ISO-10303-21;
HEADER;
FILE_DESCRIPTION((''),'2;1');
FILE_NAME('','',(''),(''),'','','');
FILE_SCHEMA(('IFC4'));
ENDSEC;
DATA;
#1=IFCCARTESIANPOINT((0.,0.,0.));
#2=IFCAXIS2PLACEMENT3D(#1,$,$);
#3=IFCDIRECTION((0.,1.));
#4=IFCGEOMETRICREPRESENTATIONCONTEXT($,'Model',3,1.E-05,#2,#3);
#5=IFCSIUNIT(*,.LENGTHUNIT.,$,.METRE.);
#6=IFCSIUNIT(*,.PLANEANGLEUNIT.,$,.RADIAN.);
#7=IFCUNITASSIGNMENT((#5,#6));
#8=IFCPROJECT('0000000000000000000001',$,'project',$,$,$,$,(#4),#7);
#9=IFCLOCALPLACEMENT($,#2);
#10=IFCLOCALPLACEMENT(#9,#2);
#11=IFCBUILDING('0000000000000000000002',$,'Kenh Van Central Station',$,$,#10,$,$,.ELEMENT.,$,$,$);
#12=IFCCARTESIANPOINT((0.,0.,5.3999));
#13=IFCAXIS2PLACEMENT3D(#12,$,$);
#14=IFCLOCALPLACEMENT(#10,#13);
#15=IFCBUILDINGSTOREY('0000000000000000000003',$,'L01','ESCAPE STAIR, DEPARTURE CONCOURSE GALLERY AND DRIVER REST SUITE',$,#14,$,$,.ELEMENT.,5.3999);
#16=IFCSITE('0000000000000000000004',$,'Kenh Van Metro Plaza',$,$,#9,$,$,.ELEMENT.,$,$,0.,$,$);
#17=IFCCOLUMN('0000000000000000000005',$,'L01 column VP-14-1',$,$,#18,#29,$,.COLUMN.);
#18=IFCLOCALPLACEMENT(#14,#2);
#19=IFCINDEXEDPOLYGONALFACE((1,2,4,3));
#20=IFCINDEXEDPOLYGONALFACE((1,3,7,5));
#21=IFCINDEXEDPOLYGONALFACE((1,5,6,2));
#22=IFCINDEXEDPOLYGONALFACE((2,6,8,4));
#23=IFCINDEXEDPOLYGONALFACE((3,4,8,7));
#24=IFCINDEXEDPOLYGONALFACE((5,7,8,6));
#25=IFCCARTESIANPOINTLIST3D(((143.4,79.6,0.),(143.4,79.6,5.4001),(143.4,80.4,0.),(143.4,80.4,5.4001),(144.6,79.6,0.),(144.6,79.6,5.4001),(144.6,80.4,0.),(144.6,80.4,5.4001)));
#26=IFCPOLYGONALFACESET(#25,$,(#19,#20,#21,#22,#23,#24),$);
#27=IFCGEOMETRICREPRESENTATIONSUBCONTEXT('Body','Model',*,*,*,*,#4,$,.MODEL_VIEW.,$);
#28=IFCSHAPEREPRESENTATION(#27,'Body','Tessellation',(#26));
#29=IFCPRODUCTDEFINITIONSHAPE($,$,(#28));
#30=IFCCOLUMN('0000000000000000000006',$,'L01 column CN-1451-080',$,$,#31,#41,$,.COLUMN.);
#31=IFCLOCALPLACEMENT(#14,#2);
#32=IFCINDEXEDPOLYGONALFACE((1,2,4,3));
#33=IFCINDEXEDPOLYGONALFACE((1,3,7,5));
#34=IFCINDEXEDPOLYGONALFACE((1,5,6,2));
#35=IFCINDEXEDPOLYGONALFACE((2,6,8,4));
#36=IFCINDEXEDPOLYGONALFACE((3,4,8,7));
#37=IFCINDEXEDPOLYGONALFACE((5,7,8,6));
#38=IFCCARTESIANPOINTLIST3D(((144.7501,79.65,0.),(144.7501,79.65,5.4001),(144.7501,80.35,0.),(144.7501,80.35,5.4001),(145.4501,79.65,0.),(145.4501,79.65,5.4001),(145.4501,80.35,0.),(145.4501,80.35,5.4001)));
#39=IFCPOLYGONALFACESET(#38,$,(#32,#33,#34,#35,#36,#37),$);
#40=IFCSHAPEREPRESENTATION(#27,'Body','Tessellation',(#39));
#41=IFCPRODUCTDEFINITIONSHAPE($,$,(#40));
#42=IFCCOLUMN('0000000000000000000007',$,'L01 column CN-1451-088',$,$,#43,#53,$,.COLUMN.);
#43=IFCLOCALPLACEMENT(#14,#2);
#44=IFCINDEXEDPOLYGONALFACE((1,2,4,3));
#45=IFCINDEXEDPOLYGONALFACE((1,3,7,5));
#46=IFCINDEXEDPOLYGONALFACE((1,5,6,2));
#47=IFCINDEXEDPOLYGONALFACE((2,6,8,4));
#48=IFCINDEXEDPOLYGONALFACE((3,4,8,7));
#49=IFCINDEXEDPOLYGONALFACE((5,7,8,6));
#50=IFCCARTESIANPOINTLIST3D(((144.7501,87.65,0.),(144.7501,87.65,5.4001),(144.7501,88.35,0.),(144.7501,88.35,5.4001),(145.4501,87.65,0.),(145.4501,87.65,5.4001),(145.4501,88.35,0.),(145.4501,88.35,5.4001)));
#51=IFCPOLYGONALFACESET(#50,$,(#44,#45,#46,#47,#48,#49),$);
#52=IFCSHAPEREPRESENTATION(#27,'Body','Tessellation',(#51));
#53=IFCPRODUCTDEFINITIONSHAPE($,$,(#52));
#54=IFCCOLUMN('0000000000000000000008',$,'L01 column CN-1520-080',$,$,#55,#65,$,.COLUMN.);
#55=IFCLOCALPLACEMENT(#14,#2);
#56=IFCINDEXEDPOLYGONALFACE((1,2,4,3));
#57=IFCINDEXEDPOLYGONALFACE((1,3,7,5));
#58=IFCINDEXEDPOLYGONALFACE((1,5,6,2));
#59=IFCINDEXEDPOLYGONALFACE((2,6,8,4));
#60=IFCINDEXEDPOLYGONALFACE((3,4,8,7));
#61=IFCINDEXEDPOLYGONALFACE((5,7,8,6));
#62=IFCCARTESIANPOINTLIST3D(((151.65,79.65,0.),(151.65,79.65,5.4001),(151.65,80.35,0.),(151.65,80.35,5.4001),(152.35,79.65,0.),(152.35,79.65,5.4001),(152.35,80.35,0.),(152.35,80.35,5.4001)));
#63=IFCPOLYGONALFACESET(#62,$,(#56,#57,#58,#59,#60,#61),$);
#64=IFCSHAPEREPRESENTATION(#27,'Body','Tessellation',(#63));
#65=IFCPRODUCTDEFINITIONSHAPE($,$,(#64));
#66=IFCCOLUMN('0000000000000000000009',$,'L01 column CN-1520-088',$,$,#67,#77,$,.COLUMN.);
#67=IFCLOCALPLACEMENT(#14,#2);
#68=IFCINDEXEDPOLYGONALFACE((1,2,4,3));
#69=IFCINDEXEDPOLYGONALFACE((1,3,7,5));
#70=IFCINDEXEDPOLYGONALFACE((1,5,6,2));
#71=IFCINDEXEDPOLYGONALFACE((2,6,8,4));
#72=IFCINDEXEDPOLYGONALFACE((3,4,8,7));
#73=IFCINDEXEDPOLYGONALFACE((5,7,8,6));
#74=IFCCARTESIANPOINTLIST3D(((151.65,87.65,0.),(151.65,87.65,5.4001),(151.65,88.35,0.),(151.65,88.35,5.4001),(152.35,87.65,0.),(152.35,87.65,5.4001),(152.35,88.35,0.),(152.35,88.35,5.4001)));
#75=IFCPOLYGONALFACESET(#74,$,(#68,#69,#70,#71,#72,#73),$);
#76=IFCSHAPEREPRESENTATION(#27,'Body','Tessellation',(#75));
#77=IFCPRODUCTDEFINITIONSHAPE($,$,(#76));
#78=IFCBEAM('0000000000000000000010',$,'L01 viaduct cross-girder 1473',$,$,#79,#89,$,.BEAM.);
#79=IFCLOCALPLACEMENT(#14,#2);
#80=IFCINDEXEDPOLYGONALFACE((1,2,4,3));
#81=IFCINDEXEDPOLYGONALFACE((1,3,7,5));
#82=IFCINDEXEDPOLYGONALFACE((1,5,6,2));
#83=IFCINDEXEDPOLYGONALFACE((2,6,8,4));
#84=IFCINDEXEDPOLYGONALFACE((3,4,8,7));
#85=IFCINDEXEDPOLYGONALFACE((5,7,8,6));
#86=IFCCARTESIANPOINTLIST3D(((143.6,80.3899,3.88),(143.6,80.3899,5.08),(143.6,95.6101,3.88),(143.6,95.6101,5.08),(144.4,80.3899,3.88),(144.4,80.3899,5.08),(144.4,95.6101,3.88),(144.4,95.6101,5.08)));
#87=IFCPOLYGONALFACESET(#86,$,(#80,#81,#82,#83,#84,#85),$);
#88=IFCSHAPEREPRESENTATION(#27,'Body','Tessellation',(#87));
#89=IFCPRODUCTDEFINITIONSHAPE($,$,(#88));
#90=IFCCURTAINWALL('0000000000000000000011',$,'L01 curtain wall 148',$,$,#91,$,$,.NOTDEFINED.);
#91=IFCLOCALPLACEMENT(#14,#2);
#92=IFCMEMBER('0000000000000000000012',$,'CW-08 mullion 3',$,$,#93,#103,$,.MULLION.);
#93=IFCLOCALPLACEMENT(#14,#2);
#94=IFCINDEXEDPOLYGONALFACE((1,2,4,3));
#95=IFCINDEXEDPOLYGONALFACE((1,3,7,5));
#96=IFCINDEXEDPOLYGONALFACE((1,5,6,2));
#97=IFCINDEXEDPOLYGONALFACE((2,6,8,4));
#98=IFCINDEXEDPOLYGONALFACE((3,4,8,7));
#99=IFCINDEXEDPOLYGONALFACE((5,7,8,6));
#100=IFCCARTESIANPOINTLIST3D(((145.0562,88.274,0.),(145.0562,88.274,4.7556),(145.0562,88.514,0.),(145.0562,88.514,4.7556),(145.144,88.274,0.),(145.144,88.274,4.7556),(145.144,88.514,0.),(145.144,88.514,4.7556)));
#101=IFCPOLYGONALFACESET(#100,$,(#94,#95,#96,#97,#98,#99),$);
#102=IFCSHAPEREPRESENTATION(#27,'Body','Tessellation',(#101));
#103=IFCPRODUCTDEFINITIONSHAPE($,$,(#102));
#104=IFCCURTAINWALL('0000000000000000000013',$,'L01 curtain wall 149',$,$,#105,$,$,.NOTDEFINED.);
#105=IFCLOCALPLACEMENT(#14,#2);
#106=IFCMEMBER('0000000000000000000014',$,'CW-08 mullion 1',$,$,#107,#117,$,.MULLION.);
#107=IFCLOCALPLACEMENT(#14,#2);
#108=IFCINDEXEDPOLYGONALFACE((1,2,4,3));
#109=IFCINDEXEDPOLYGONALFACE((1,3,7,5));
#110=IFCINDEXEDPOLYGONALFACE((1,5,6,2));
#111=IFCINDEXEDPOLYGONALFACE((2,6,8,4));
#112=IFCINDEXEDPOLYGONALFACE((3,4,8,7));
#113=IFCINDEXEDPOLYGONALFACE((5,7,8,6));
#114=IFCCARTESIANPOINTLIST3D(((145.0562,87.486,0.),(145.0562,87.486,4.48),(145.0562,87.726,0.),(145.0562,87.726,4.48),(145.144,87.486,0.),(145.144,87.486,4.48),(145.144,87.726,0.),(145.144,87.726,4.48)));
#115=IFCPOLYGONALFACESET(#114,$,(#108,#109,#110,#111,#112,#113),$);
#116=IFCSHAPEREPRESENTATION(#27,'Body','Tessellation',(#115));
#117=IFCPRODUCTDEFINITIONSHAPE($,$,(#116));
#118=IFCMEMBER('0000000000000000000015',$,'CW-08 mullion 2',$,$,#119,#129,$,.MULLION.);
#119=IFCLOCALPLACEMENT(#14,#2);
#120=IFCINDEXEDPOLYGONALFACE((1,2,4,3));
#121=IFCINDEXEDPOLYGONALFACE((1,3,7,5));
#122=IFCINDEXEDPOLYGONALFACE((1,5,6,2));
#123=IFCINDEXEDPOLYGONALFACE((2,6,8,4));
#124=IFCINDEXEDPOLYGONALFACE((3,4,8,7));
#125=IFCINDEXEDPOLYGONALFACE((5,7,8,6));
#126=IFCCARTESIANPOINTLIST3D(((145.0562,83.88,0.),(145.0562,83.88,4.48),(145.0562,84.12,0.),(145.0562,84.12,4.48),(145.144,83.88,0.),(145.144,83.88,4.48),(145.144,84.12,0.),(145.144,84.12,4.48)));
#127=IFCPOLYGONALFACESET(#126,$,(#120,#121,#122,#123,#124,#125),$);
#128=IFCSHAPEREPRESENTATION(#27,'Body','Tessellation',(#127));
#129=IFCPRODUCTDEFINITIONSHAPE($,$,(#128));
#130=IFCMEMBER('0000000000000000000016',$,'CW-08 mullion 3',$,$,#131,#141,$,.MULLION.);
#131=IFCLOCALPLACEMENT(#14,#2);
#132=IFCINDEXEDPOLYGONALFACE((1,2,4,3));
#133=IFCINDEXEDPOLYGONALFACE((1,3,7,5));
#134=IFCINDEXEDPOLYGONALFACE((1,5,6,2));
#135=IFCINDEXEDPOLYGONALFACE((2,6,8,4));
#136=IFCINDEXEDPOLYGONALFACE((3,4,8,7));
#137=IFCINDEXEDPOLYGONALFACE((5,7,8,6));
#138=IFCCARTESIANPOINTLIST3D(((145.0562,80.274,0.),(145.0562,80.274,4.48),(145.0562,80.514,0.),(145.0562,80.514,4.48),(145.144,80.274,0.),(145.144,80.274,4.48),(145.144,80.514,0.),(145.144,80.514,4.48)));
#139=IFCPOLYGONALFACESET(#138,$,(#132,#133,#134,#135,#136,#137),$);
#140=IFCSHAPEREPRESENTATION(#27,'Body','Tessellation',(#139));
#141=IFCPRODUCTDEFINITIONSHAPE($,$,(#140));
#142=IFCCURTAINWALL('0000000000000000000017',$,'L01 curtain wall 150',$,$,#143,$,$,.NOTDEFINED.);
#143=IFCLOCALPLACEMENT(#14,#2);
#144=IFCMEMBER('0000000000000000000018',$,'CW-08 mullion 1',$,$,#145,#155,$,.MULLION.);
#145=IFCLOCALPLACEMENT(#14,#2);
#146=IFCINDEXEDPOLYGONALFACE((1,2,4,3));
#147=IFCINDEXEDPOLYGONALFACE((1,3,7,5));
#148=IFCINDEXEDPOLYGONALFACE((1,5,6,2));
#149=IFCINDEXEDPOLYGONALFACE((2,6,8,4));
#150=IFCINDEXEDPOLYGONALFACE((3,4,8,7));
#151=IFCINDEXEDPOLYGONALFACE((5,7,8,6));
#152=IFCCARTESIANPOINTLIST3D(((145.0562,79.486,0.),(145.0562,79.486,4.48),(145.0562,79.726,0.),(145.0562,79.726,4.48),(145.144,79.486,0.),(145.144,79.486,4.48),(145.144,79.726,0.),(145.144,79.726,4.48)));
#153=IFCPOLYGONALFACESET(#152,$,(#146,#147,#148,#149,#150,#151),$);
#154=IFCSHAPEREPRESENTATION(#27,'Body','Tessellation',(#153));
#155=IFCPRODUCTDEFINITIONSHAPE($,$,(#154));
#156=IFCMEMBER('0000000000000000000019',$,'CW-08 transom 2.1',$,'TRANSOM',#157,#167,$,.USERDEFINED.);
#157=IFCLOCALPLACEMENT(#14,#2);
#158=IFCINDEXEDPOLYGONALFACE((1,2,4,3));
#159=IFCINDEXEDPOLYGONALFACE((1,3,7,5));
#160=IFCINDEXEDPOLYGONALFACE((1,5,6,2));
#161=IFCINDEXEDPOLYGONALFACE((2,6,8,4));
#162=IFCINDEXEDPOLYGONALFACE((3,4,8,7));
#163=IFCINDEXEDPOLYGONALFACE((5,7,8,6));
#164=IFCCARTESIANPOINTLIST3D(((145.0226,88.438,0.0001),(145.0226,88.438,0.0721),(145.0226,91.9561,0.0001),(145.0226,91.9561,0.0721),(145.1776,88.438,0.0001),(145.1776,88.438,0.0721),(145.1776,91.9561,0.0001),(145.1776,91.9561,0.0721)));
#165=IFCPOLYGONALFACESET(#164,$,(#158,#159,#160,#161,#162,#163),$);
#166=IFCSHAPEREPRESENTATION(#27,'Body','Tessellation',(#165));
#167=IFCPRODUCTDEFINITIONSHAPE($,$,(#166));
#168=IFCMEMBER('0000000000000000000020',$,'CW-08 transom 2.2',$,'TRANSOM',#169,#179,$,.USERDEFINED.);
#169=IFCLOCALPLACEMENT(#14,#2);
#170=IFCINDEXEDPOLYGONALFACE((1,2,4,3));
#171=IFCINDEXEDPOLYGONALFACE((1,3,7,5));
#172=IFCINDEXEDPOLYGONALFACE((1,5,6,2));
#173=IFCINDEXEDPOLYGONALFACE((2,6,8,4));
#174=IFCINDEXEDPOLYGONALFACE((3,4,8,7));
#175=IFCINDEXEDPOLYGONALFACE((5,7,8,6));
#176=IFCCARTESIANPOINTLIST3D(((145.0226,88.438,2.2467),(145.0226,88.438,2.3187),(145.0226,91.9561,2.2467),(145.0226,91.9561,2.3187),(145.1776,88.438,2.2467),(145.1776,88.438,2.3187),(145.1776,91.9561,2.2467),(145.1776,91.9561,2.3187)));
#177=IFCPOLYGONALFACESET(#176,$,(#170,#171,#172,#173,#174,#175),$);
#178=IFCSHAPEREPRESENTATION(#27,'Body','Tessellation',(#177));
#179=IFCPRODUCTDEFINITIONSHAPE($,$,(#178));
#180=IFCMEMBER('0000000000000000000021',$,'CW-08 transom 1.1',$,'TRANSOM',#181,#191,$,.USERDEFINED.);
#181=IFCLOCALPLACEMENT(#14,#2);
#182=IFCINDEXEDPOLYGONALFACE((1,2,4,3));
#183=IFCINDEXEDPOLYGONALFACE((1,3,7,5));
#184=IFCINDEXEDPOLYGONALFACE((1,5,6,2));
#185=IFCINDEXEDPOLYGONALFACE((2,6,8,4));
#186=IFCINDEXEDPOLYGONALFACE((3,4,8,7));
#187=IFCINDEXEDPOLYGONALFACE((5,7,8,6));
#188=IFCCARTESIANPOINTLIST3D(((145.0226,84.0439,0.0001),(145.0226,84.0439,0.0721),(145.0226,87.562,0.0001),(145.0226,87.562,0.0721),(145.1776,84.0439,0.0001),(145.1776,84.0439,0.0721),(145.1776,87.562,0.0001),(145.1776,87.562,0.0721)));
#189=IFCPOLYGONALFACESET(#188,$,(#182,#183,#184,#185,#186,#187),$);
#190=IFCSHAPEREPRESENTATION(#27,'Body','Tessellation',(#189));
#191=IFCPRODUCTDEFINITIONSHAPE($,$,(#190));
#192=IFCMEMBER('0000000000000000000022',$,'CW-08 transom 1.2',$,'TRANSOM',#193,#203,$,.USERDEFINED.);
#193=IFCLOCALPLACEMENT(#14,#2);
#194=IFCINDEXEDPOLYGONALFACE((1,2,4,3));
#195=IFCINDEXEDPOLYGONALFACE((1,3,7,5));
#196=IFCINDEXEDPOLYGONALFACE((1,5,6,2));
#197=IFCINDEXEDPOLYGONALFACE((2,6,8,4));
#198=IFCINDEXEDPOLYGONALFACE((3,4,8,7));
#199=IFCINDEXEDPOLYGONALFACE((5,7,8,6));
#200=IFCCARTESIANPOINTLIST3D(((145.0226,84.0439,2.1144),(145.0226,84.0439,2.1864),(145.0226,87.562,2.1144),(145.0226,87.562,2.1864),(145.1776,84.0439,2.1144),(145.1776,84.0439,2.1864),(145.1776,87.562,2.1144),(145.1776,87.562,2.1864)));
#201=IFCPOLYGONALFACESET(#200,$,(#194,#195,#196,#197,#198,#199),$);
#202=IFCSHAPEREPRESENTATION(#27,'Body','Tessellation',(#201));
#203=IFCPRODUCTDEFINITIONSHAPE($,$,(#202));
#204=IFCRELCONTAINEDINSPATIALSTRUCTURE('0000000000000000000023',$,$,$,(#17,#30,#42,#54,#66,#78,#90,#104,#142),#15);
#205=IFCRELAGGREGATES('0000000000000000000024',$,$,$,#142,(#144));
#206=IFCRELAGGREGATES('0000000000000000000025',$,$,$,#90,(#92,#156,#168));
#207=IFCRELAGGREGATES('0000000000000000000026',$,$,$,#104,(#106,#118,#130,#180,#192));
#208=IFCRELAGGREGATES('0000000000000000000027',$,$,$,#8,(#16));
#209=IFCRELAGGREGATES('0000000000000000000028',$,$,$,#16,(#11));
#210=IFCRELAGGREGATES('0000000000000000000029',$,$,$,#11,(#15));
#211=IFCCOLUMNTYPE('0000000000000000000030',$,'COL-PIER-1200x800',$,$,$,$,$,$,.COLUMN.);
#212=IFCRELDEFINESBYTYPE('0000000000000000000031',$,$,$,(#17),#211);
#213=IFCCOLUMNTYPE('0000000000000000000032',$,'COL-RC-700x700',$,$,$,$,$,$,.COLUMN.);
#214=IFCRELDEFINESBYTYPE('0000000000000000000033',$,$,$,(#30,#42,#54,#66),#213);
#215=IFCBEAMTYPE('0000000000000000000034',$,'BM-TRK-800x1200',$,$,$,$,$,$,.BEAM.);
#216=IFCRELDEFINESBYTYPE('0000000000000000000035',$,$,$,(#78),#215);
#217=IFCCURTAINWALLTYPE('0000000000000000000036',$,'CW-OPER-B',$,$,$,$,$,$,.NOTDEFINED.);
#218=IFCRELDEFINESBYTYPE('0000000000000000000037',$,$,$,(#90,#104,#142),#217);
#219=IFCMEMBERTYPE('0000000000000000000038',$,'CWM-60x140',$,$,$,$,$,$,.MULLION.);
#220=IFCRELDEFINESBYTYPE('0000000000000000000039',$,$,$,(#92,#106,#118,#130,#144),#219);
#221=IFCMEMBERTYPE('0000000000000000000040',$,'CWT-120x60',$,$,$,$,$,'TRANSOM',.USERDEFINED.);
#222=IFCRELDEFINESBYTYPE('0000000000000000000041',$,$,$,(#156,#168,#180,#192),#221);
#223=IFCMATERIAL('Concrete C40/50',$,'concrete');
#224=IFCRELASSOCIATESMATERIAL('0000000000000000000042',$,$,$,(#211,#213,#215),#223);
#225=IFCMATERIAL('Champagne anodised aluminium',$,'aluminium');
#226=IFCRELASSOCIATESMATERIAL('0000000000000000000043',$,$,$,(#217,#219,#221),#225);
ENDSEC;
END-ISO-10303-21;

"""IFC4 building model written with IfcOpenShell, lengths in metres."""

from ifc_helpers import new_model, si_unit, direction, frame, origin, origin_2d, place, context, subcontext, project, spatial, rectangle, extrude, material, material_profile, profile_set, type_object, element, aggregate, save


model = new_model("IFC4")

# Units and contexts
model_context = context("Model", 3, precision=1e-05, world=origin(), true_north=direction((0.0, 1.0)))
body_context = subcontext(model_context, "Body", "Model", "MODEL_VIEW")
ifc_project = project(units=[si_unit("LENGTHUNIT", "METRE"), si_unit("PLANEANGLEUNIT", "RADIAN")], contexts=[model_context])

# Site, building, storey
site_placement = place(None, origin())
site = spatial("IfcSite", under=ifc_project, at=site_placement, Name="Kenh Van Metro Plaza", CompositionType="ELEMENT", RefElevation=0.0)
building_placement = place(site_placement, origin())
building = spatial("IfcBuilding", under=site, at=building_placement, Name="Kenh Van Central Station", CompositionType="ELEMENT")
storey_placement = place(building_placement, frame((0.0, 0.0, 5.3999)))
storey = spatial("IfcBuildingStorey", under=building, at=storey_placement, Name="L01", Description="ESCAPE STAIR, DEPARTURE CONCOURSE GALLERY AND DRIVER REST SUITE", CompositionType="ELEMENT", Elevation=5.3999)

# Columns
ifc_material_1 = material(Name="Concrete C40/50", Category="concrete")
ifc_material_profile_1 = material_profile(ifc_material_1, rectangle(XDim=1.2, YDim=0.8, at=origin_2d()), Name="RC 1200x800")
ifc_profile_set_1 = profile_set([ifc_material_profile_1], Name="Concrete C40/50")
column_type_1 = type_object("IfcColumnType", Name="COL-PIER-1200x800", PredefinedType="COLUMN", material=ifc_profile_set_1)
column_placement = place(storey_placement, frame((144.0, 80.0, 0.0), z_axis=(0.0, 0.0, 1.0), x_axis=(1.0, 0.0, 0.0)))
element("IfcColumn", 1, at=column_placement, inside=storey, type_object=column_type_1, Name="L01 column VP-14-1", PredefinedType="COLUMN", context=body_context, shape_type="SweptSolid", body=[
    extrude(rectangle(XDim=1.2, YDim=0.8, at=origin_2d()), origin(), (0.0, 0.0, 1.0), 5.4001),
])
ifc_material_profile_2 = material_profile(ifc_material_1, rectangle(XDim=0.7, YDim=0.7, at=origin_2d()), Name="RC 700x700")
ifc_profile_set_2 = profile_set([ifc_material_profile_2], Name="Concrete C40/50")
column_type_2 = type_object("IfcColumnType", Name="COL-RC-700x700", PredefinedType="COLUMN", material=ifc_profile_set_2)
for number, where, z_axis, x_axis, name in (
    (2, (145.1001, 80.0, 0.0), (0.0, 0.0, 1.0), (1.0, 0.0, 0.0), "L01 column CN-1451-080"),
    (3, (145.1001, 88.0, 0.0), (0.0, 0.0, 1.0), (1.0, 0.0, 0.0), "L01 column CN-1451-088"),
    (4, (152.0, 80.0, 0.0), (0.0, 0.0, 1.0), (1.0, 0.0, 0.0), "L01 column CN-1520-080"),
    (5, (152.0, 88.0, 0.0), (0.0, 0.0, 1.0), (1.0, 0.0, 0.0), "L01 column CN-1520-088"),
):
    element("IfcColumn", number, at=place(storey_placement, frame(where, z_axis=z_axis, x_axis=x_axis)), inside=storey, type_object=column_type_2, Name=name, PredefinedType="COLUMN", context=body_context, shape_type="SweptSolid", body=[
        extrude(rectangle(XDim=0.7, YDim=0.7, at=origin_2d()), origin(), (0.0, 0.0, 1.0), 5.4001),
    ])

# Beam
ifc_material_profile_3 = material_profile(ifc_material_1, rectangle(XDim=0.8, YDim=1.2, at=origin_2d()), Name="RC 800x1200")
ifc_profile_set_3 = profile_set([ifc_material_profile_3], Name="Concrete C40/50")
beam_type_1 = type_object("IfcBeamType", Name="BM-TRK-800x1200", PredefinedType="BEAM", material=ifc_profile_set_3)
beam_placement = place(storey_placement, frame((144.0, 80.3899, 4.48), z_axis=(0.0, 1.0, 0.0), x_axis=(-1.0, 0.0, 0.0)))
element("IfcBeam", 6, at=beam_placement, inside=storey, type_object=beam_type_1, Name="L01 viaduct cross-girder 1473", PredefinedType="BEAM", context=body_context, shape_type="SweptSolid", body=[
    extrude(rectangle(XDim=0.8, YDim=1.2, at=origin_2d()), origin(), (0.0, 0.0, 1.0), 15.2202),
])

# Curtain wall, member
ifc_material_2 = material(Name="Champagne anodised aluminium", Category="aluminium")
curtain_wall_type = type_object("IfcCurtainWallType", Name="CW-OPER-B", PredefinedType="NOTDEFINED", material=ifc_material_2)
curtain_wall_1_placement = place(storey_placement, origin())
curtain_wall_1 = element("IfcCurtainWall", 7, at=curtain_wall_1_placement, inside=storey, type_object=curtain_wall_type, Name="L01 curtain wall 148", PredefinedType="NOTDEFINED")
ifc_material_profile_4 = material_profile(ifc_material_2, rectangle(XDim=0.0879, YDim=0.24, at=origin_2d()), Name="AL 88x240")
ifc_profile_set_4 = profile_set([ifc_material_profile_4], Name="Champagne anodised aluminium")
member_type_1 = type_object("IfcMemberType", Name="CWM-60x140", PredefinedType="MULLION", material=ifc_profile_set_4)
member_1_placement = place(storey_placement, frame((145.1001, 88.394, 0.0), z_axis=(0.0, 0.0, 1.0), x_axis=(1.0, 0.0, 0.0)))
member_1 = element("IfcMember", 8, at=member_1_placement, type_object=member_type_1, Name="CW-08 mullion 3", PredefinedType="MULLION", context=body_context, shape_type="SweptSolid", body=[
    extrude(rectangle(XDim=0.0879, YDim=0.24, at=origin_2d()), origin(), (0.0, 0.0, 1.0), 4.7556),
])

# Curtain wall, members
curtain_wall_2_placement = place(storey_placement, origin())
curtain_wall_2 = element("IfcCurtainWall", 9, at=curtain_wall_2_placement, inside=storey, type_object=curtain_wall_type, Name="L01 curtain wall 149", PredefinedType="NOTDEFINED")
member_2_placement = place(storey_placement, frame((145.1001, 87.606, 0.0), z_axis=(0.0, 0.0, 1.0), x_axis=(1.0, 0.0, 0.0)))
member_2 = element("IfcMember", 10, at=member_2_placement, type_object=member_type_1, Name="CW-08 mullion 1", PredefinedType="MULLION", context=body_context, shape_type="SweptSolid", body=[
    extrude(rectangle(XDim=0.0879, YDim=0.24, at=origin_2d()), origin(), (0.0, 0.0, 1.0), 4.48),
])
member_3_placement = place(storey_placement, frame((145.1001, 84.0, 0.0), z_axis=(0.0, 0.0, 1.0), x_axis=(1.0, 0.0, 0.0)))
member_3 = element("IfcMember", 11, at=member_3_placement, type_object=member_type_1, Name="CW-08 mullion 2", PredefinedType="MULLION", context=body_context, shape_type="SweptSolid", body=[
    extrude(rectangle(XDim=0.0879, YDim=0.24, at=origin_2d()), origin(), (0.0, 0.0, 1.0), 4.48),
])
member_4_placement = place(storey_placement, frame((145.1001, 80.394, 0.0), z_axis=(0.0, 0.0, 1.0), x_axis=(1.0, 0.0, 0.0)))
member_4 = element("IfcMember", 12, at=member_4_placement, type_object=member_type_1, Name="CW-08 mullion 3", PredefinedType="MULLION", context=body_context, shape_type="SweptSolid", body=[
    extrude(rectangle(XDim=0.0879, YDim=0.24, at=origin_2d()), origin(), (0.0, 0.0, 1.0), 4.48),
])

# Curtain wall, member
curtain_wall_3_placement = place(storey_placement, origin())
curtain_wall_3 = element("IfcCurtainWall", 13, at=curtain_wall_3_placement, inside=storey, type_object=curtain_wall_type, Name="L01 curtain wall 150", PredefinedType="NOTDEFINED")
member_5_placement = place(storey_placement, frame((145.1001, 79.606, 0.0), z_axis=(0.0, 0.0, 1.0), x_axis=(1.0, 0.0, 0.0)))
member_5 = element("IfcMember", 14, at=member_5_placement, type_object=member_type_1, Name="CW-08 mullion 1", PredefinedType="MULLION", context=body_context, shape_type="SweptSolid", body=[
    extrude(rectangle(XDim=0.0879, YDim=0.24, at=origin_2d()), origin(), (0.0, 0.0, 1.0), 4.48),
])

# Members
ifc_material_profile_5 = material_profile(ifc_material_2, rectangle(XDim=0.155, YDim=0.072, at=origin_2d()), Name="AL 155x72")
ifc_profile_set_5 = profile_set([ifc_material_profile_5], Name="Champagne anodised aluminium")
member_type_2 = type_object("IfcMemberType", Name="CWT-120x60", ElementType="TRANSOM", PredefinedType="USERDEFINED", material=ifc_profile_set_5)
member_6_placement = place(storey_placement, frame((145.1001, 91.9561, 0.0361), z_axis=(0.0, -1.0, 0.0), x_axis=(1.0, 0.0, 0.0)))
member_6 = element("IfcMember", 15, at=member_6_placement, type_object=member_type_2, Name="CW-08 transom 2.1", ObjectType="TRANSOM", PredefinedType="USERDEFINED", context=body_context, shape_type="SweptSolid", body=[
    extrude(rectangle(XDim=0.155, YDim=0.072, at=origin_2d()), origin(), (0.0, 0.0, 1.0), 3.5181),
])
member_7_placement = place(storey_placement, frame((145.1001, 91.9561, 2.2827), z_axis=(0.0, -1.0, 0.0), x_axis=(1.0, 0.0, 0.0)))
member_7 = element("IfcMember", 16, at=member_7_placement, type_object=member_type_2, Name="CW-08 transom 2.2", ObjectType="TRANSOM", PredefinedType="USERDEFINED", context=body_context, shape_type="SweptSolid", body=[
    extrude(rectangle(XDim=0.155, YDim=0.072, at=origin_2d()), origin(), (0.0, 0.0, 1.0), 3.5181),
])
member_8_placement = place(storey_placement, frame((145.1001, 87.562, 0.0361), z_axis=(0.0, -1.0, 0.0), x_axis=(1.0, 0.0, 0.0)))
member_8 = element("IfcMember", 17, at=member_8_placement, type_object=member_type_2, Name="CW-08 transom 1.1", ObjectType="TRANSOM", PredefinedType="USERDEFINED", context=body_context, shape_type="SweptSolid", body=[
    extrude(rectangle(XDim=0.155, YDim=0.072, at=origin_2d()), origin(), (0.0, 0.0, 1.0), 3.5181),
])
member_9_placement = place(storey_placement, frame((145.1001, 87.562, 2.1504), z_axis=(0.0, -1.0, 0.0), x_axis=(1.0, 0.0, 0.0)))
member_9 = element("IfcMember", 18, at=member_9_placement, type_object=member_type_2, Name="CW-08 transom 1.2", ObjectType="TRANSOM", PredefinedType="USERDEFINED", context=body_context, shape_type="SweptSolid", body=[
    extrude(rectangle(XDim=0.155, YDim=0.072, at=origin_2d()), origin(), (0.0, 0.0, 1.0), 3.5181),
])
aggregate(curtain_wall_3, [member_5])

aggregate(curtain_wall_1, [member_1, member_6, member_7])
aggregate(curtain_wall_2, [member_2, member_3, member_4, member_8, member_9])

save(model, "model.ifc")
